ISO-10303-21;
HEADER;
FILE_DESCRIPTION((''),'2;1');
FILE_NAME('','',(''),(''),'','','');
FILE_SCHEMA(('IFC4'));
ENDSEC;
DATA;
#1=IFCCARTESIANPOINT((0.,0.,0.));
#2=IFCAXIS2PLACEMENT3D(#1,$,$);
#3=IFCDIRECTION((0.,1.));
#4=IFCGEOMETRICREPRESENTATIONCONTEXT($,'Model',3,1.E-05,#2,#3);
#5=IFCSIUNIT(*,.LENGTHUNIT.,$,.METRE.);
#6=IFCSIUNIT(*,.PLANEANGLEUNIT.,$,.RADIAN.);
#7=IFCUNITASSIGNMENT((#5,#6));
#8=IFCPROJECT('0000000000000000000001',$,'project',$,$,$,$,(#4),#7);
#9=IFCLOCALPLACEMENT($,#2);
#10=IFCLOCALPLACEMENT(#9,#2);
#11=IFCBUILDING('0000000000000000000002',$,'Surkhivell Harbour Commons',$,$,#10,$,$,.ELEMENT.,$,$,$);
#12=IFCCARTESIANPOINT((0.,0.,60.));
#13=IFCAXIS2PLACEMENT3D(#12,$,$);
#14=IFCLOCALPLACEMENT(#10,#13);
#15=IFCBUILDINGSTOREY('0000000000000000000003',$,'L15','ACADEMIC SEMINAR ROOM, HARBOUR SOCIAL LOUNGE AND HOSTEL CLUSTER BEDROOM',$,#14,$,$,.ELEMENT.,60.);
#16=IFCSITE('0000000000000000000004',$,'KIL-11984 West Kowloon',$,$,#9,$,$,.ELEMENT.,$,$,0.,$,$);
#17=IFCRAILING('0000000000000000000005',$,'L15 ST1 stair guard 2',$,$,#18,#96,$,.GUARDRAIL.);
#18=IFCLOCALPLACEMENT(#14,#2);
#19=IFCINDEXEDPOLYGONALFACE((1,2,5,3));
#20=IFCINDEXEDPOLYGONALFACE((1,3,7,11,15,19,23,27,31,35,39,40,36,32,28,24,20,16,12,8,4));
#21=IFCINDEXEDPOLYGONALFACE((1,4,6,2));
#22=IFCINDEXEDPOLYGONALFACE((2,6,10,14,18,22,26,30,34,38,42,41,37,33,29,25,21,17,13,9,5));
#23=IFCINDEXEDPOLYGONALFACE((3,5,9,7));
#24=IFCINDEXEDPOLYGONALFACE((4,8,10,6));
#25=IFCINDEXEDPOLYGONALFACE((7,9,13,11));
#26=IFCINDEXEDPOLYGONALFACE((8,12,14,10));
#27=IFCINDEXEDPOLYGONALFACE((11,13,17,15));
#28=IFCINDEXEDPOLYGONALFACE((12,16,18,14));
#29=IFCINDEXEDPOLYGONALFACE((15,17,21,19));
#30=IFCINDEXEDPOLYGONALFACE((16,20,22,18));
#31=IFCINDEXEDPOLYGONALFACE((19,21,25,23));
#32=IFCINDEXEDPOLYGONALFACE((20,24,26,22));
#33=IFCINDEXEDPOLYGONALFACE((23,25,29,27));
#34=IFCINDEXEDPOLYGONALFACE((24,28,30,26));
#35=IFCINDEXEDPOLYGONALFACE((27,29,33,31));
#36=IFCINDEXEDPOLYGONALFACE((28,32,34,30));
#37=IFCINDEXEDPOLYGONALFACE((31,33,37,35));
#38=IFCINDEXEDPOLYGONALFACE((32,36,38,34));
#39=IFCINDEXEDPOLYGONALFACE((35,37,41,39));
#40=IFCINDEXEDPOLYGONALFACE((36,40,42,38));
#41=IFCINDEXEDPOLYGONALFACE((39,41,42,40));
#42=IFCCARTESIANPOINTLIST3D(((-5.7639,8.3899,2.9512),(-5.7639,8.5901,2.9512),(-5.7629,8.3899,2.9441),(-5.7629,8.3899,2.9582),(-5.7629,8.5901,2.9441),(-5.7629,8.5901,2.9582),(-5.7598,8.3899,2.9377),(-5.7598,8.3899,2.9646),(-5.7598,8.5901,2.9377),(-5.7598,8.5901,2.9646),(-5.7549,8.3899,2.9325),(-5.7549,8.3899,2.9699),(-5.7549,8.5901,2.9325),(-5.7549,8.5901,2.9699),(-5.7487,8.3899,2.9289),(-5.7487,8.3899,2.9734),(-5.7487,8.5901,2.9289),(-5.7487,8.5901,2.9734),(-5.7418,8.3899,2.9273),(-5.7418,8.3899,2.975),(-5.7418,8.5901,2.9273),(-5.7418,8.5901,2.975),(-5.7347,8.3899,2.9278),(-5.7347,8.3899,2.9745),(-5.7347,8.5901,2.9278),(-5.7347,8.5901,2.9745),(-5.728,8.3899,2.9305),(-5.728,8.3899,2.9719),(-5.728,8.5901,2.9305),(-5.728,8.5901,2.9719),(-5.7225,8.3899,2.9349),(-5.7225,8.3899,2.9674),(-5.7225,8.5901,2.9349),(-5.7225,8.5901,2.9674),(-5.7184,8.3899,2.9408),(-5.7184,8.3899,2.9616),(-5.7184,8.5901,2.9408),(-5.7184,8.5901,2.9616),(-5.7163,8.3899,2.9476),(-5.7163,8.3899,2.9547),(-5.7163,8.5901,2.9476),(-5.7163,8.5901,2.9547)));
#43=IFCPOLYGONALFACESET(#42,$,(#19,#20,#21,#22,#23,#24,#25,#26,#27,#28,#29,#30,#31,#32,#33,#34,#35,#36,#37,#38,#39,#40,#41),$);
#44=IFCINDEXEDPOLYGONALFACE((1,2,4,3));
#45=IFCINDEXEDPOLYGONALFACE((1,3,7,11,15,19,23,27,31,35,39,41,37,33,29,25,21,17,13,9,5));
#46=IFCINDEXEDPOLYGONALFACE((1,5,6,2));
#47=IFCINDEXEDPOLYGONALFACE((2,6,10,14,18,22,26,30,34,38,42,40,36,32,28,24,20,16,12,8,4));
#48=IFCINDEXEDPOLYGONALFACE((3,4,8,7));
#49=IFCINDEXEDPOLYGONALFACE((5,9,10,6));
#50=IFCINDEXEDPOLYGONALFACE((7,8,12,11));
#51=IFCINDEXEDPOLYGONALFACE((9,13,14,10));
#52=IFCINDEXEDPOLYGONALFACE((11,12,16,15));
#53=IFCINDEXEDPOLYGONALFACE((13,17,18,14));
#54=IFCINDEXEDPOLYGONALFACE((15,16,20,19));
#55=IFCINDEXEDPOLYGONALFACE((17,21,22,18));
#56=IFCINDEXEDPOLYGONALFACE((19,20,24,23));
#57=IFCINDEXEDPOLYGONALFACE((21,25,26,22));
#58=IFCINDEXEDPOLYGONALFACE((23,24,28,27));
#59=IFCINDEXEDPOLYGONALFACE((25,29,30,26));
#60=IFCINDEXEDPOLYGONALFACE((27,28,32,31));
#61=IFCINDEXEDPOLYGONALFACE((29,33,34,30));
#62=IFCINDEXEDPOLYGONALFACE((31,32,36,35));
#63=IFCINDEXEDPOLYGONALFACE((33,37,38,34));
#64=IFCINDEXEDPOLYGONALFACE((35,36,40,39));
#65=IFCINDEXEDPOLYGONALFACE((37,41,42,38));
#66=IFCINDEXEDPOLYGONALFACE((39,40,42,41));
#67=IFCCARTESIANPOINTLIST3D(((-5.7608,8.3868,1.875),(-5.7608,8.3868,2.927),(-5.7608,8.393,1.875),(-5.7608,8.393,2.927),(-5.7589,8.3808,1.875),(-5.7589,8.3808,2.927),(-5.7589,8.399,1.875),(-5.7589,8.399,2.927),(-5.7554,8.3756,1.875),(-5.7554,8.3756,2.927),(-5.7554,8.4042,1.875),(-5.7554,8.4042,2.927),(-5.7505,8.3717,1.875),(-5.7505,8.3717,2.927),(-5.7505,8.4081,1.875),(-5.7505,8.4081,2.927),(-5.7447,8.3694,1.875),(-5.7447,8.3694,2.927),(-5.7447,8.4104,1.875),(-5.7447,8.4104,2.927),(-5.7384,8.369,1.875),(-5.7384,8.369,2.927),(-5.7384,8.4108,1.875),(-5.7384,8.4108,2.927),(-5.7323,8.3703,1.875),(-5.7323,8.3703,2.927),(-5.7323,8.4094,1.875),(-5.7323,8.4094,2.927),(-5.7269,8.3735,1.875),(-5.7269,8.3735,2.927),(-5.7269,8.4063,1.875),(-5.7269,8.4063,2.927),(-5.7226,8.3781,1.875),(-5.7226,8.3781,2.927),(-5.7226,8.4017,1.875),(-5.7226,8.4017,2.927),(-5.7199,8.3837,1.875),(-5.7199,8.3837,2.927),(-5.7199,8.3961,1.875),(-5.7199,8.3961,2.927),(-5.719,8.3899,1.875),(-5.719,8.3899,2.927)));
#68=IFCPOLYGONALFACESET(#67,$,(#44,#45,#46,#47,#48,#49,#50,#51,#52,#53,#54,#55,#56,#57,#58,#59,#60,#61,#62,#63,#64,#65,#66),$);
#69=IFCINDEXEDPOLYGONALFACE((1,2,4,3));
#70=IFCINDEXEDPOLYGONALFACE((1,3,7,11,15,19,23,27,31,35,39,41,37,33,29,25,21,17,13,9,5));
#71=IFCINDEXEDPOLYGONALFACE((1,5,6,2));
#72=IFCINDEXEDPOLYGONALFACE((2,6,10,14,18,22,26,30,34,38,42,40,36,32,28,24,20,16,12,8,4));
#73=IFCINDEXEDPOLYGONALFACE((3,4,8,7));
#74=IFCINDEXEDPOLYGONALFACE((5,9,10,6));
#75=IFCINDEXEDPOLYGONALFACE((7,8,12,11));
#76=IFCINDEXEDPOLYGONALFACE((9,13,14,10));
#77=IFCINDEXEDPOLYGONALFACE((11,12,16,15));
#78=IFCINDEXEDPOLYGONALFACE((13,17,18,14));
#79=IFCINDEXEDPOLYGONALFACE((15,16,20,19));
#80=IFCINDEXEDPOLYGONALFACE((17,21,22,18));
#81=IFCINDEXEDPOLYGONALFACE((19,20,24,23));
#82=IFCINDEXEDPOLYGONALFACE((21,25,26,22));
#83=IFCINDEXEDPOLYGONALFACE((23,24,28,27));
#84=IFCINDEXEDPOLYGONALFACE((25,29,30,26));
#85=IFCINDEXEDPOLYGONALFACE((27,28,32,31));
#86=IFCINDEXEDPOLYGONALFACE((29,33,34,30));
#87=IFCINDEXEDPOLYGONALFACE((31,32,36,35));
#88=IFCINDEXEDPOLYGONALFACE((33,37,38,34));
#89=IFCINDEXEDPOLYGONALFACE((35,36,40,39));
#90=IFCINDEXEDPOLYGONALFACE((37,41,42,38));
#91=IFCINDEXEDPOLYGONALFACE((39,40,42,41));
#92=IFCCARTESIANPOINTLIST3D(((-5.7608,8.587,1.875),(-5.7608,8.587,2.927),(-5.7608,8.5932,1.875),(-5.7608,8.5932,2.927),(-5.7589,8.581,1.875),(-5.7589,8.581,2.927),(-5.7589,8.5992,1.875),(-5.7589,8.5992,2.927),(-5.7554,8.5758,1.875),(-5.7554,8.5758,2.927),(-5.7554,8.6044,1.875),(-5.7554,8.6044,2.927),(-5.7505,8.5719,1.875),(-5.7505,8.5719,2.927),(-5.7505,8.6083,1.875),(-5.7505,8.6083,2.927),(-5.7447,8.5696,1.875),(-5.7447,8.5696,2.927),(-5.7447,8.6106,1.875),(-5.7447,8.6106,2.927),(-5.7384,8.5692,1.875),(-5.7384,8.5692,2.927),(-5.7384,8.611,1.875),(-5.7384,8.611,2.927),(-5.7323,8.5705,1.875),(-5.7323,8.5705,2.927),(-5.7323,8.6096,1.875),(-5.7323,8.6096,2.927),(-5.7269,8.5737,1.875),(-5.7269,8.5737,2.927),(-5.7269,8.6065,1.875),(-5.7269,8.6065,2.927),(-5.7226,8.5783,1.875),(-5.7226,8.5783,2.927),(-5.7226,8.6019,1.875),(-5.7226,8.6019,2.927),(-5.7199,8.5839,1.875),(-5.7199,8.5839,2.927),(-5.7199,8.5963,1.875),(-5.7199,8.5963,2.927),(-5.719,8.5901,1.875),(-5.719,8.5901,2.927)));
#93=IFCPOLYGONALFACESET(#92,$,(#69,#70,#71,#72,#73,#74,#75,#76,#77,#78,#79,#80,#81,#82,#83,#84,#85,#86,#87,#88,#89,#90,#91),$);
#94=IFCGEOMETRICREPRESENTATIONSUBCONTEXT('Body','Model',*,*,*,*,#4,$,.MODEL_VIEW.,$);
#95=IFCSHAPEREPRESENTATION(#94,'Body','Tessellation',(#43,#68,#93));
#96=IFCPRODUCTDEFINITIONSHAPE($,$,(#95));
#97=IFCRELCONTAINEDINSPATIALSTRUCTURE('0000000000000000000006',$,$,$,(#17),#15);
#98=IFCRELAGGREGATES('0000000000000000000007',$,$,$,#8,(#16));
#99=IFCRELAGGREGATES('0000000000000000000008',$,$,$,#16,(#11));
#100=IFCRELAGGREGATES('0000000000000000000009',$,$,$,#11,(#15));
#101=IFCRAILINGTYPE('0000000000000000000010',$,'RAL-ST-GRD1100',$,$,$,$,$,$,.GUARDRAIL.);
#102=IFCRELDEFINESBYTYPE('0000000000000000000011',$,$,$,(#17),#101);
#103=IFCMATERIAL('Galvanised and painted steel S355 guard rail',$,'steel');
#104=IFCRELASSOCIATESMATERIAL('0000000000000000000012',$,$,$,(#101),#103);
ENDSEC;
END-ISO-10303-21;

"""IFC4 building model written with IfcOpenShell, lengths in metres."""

from ifc_helpers import new_model, si_unit, direction, frame, origin, origin_2d, place, context, subcontext, project, spatial, circle, extrude, material, type_object, element, save


model = new_model("IFC4")

# Units and contexts
model_context = context("Model", 3, precision=1e-05, world=origin(), true_north=direction((0.0, 1.0)))
body_context = subcontext(model_context, "Body", "Model", "MODEL_VIEW")
ifc_project = project(units=[si_unit("LENGTHUNIT", "METRE"), si_unit("PLANEANGLEUNIT", "RADIAN")], contexts=[model_context])

# Site, building, storey
site_placement = place(None, origin())
site = spatial("IfcSite", under=ifc_project, at=site_placement, Name="KIL-11984 West Kowloon", CompositionType="ELEMENT", RefElevation=0.0)
building_placement = place(site_placement, origin())
building = spatial("IfcBuilding", under=site, at=building_placement, Name="Surkhivell Harbour Commons", CompositionType="ELEMENT")
storey_placement = place(building_placement, frame((0.0, 0.0, 60.0)))
storey = spatial("IfcBuildingStorey", under=building, at=storey_placement, Name="L15", Description="ACADEMIC SEMINAR ROOM, HARBOUR SOCIAL LOUNGE AND HOSTEL CLUSTER BEDROOM", CompositionType="ELEMENT", Elevation=60.0)

# Railing
ifc_material_1 = material(Name="Galvanised and painted steel S355 guard rail", Category="steel")
railing_type_1 = type_object("IfcRailingType", Name="RAL-ST-GRD1100", PredefinedType="GUARDRAIL", material=ifc_material_1)
railing_1_placement = place(storey_placement, frame((-5.74, 8.3899, 1.875)))
element("IfcRailing", 1, at=railing_1_placement, inside=storey, type_object=railing_type_1, Name="L15 ST1 stair guard 2", PredefinedType="GUARDRAIL", context=body_context, shape_type="SweptSolid", body=[
    extrude(circle(Radius=0.0239, at=origin_2d()), frame((0.0, 0.0, 1.0762), z_axis=(0.0, 1.0, 0.0), x_axis=(-1.0, 0.0, 0.0)), (0.0, 0.0, 1.0), 0.2002),
    extrude(circle(Radius=0.021, at=origin_2d()), origin(), (0.0, 0.0, 1.0), 1.052),
    extrude(circle(Radius=0.021, at=origin_2d()), frame((0.0, 0.2002, 0.0)), (0.0, 0.0, 1.0), 1.052),
])

save(model, "model.ifc")
